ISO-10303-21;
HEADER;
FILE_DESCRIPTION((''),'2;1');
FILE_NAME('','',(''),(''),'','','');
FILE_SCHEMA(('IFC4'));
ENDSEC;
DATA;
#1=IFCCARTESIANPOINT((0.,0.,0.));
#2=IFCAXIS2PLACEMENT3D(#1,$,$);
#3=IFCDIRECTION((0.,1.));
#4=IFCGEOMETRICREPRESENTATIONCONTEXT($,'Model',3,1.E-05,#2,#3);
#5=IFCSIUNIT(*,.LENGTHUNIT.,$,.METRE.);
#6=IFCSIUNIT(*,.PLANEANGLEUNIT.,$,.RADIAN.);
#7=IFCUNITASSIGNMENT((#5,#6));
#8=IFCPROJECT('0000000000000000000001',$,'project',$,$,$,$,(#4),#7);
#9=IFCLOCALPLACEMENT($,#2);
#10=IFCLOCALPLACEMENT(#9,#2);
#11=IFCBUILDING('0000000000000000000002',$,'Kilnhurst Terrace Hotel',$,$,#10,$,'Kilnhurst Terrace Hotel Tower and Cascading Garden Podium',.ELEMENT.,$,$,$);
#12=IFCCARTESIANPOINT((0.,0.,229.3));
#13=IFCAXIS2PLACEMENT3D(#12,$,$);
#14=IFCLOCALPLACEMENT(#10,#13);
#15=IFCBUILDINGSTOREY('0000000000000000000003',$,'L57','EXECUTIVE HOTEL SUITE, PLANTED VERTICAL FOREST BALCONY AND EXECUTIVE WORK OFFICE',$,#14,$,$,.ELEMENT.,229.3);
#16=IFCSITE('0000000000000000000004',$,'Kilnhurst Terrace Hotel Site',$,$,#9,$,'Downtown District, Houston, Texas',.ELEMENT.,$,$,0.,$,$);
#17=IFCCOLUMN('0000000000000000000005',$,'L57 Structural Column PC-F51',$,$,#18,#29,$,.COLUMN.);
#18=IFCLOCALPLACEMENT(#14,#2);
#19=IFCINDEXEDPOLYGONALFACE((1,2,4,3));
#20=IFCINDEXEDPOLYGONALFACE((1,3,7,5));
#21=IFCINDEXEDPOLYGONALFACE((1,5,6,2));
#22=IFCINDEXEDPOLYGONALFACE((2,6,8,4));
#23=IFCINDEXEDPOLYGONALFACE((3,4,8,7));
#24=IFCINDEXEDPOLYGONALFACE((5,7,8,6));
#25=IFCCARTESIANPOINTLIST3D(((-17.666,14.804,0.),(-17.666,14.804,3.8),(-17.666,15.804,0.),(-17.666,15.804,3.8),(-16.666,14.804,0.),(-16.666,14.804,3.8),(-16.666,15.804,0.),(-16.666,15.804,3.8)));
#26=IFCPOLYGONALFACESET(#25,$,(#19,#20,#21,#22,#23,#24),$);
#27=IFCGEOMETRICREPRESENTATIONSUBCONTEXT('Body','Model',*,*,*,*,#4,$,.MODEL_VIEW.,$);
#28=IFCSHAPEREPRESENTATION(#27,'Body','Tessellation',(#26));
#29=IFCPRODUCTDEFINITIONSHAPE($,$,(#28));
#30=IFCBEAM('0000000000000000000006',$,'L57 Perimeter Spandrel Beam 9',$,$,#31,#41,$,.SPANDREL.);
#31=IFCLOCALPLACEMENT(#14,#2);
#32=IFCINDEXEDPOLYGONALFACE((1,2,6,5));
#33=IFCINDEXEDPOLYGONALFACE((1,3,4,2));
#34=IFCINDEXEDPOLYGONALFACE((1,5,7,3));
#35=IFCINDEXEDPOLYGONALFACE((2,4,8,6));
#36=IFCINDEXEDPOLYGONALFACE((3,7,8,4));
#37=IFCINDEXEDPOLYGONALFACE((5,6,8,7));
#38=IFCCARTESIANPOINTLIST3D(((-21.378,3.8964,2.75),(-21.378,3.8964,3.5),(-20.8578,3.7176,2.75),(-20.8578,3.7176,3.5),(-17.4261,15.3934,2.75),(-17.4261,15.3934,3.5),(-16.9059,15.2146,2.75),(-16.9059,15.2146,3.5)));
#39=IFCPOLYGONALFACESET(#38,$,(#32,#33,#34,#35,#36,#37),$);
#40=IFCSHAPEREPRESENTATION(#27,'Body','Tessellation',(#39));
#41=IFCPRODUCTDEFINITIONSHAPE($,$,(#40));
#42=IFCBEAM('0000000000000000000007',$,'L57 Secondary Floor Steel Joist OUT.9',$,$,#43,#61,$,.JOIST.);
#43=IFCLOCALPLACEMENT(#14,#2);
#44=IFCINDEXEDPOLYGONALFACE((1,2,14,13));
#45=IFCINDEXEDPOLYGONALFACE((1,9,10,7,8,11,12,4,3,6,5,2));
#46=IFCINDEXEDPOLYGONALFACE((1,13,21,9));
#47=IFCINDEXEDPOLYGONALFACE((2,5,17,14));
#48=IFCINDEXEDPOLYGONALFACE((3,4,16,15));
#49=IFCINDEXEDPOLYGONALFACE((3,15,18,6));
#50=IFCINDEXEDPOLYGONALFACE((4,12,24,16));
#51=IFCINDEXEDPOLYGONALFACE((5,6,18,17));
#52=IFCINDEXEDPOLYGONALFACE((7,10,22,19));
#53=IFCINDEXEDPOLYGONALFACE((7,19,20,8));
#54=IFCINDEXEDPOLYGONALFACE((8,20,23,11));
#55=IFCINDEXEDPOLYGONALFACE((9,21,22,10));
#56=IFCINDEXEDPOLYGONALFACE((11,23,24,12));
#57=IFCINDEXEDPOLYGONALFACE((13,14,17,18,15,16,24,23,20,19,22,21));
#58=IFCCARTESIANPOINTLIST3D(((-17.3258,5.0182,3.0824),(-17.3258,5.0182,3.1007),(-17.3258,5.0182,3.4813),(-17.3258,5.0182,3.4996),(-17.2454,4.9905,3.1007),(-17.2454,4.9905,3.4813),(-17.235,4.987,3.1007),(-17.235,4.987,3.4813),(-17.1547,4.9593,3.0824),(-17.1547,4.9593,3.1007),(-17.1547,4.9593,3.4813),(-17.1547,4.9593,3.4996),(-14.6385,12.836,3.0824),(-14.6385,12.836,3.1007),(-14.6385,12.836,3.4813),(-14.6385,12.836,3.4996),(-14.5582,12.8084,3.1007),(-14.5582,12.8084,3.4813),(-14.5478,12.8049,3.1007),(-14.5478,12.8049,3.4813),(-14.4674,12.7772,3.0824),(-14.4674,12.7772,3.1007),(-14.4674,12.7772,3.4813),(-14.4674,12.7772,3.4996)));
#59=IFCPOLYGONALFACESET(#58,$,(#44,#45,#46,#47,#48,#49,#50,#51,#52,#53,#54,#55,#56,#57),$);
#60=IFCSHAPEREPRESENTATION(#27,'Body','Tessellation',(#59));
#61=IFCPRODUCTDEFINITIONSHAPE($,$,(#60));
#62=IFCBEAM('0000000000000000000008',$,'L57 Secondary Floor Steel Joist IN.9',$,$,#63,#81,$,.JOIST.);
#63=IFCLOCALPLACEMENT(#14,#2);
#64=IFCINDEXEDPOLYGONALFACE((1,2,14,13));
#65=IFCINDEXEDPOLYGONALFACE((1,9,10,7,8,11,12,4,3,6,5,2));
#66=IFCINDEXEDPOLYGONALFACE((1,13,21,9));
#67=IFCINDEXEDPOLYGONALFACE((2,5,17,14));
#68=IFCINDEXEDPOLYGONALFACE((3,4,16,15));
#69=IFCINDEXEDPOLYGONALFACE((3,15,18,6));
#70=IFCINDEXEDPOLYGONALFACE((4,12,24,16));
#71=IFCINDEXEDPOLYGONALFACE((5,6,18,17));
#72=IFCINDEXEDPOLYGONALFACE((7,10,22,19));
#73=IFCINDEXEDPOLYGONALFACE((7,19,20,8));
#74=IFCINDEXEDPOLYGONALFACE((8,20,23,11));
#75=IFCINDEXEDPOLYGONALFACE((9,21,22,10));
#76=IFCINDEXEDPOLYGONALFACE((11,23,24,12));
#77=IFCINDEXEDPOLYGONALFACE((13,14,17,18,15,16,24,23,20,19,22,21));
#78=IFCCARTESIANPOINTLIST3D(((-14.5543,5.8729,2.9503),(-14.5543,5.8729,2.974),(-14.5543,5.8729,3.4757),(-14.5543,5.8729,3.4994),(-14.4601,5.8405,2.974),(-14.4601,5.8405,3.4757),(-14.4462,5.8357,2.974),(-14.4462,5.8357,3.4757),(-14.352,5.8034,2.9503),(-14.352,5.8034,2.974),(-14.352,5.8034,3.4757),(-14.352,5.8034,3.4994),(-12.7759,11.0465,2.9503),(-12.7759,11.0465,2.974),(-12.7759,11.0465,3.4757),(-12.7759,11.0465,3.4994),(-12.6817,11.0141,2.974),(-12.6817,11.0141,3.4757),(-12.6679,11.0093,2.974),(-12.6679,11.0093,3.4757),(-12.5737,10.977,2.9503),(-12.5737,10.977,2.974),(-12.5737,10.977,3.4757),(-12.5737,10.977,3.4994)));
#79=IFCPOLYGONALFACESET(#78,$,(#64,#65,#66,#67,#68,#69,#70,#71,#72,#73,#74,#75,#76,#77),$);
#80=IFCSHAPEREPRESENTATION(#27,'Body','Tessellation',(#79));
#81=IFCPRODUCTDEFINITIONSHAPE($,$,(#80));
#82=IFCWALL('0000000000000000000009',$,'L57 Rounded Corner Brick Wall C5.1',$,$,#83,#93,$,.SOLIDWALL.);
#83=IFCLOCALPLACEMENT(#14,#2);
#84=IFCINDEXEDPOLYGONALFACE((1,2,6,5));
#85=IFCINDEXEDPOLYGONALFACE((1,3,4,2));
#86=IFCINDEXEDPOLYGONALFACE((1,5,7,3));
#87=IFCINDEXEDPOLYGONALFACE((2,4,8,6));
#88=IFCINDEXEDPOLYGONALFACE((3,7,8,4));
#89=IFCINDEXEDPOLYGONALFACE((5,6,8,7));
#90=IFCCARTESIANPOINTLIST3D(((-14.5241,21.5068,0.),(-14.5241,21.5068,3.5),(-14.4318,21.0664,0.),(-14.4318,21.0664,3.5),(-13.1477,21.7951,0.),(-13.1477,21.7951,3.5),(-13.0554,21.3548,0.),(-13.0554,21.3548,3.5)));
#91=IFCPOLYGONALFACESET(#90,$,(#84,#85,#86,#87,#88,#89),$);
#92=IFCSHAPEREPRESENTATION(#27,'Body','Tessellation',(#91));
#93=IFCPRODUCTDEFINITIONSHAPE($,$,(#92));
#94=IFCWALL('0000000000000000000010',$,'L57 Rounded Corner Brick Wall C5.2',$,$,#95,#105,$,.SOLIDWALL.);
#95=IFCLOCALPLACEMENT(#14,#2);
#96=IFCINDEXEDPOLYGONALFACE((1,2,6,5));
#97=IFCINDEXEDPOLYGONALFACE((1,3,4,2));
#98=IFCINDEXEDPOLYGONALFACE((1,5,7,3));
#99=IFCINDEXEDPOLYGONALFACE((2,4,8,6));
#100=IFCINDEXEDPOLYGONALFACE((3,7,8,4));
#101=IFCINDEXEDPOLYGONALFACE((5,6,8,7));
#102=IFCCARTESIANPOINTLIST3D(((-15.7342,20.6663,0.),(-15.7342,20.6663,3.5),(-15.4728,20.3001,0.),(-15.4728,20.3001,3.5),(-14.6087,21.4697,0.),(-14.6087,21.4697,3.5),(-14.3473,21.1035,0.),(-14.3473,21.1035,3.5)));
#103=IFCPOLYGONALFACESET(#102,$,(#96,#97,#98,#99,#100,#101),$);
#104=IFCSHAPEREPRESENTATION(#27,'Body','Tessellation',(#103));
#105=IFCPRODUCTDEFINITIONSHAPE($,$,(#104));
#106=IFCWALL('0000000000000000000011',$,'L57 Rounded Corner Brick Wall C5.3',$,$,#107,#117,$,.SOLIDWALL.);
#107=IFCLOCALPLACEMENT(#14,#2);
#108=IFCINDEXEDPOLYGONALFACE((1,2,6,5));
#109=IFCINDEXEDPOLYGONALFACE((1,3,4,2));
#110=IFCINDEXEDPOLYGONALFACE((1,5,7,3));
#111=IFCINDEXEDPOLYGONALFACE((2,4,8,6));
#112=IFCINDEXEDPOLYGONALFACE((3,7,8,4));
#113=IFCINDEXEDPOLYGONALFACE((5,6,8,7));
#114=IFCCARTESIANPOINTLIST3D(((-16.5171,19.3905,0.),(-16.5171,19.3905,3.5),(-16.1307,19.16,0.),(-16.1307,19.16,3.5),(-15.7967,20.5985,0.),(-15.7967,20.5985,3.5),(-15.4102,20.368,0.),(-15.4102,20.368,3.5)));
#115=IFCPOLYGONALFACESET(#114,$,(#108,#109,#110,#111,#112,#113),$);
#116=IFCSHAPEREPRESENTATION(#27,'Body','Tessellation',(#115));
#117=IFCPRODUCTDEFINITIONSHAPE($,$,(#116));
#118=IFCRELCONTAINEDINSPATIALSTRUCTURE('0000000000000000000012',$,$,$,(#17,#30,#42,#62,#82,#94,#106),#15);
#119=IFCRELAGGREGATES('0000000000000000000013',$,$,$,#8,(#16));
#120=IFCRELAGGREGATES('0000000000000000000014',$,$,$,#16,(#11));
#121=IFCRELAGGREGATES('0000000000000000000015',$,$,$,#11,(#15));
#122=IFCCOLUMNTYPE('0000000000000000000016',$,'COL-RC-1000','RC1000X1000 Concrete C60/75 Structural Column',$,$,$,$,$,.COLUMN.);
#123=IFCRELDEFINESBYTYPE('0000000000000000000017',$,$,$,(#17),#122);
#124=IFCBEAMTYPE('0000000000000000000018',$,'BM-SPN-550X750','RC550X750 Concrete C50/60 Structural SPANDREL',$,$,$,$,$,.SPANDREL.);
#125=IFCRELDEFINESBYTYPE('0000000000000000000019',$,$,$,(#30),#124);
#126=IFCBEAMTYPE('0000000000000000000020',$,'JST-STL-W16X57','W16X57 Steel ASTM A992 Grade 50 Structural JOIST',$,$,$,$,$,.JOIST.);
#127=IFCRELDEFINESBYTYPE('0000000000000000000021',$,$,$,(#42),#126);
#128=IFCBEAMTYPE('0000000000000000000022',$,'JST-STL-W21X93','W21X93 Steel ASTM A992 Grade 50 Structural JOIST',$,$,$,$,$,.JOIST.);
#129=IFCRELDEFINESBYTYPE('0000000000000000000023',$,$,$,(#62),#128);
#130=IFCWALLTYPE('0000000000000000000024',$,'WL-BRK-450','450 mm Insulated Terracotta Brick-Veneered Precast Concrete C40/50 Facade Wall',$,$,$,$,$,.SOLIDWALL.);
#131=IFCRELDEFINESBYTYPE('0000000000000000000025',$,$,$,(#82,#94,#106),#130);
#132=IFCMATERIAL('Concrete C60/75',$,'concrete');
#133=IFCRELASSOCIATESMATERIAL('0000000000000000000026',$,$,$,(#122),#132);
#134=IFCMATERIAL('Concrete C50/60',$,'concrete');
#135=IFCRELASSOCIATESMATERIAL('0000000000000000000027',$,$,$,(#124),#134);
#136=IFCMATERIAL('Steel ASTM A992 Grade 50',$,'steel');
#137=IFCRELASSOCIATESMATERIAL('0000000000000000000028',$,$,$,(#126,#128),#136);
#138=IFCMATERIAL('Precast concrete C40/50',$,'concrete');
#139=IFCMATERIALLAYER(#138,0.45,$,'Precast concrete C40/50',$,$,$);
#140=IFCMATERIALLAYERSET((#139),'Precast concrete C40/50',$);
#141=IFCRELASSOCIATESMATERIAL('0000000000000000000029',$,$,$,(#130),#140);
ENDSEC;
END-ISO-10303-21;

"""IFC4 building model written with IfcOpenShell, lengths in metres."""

from ifc_helpers import new_model, si_unit, direction, frame, frame_2d, origin, origin_2d, place, context, subcontext, project, spatial, rectangle, i_section, extrude, material, layer, layer_set, material_profile, profile_set, type_object, element, save


model = new_model("IFC4")

# Units and contexts
model_context = context("Model", 3, precision=1e-05, world=origin(), true_north=direction((0.0, 1.0)))
body_context = subcontext(model_context, "Body", "Model", "MODEL_VIEW")
ifc_project = project(units=[si_unit("LENGTHUNIT", "METRE"), si_unit("PLANEANGLEUNIT", "RADIAN")], contexts=[model_context])

# Site, building, storey
site_placement = place(None, origin())
site = spatial("IfcSite", under=ifc_project, at=site_placement, Name="Kilnhurst Terrace Hotel Site", LongName="Downtown District, Houston, Texas", CompositionType="ELEMENT", RefElevation=0.0)
building_placement = place(site_placement, origin())
building = spatial("IfcBuilding", under=site, at=building_placement, Name="Kilnhurst Terrace Hotel", LongName="Kilnhurst Terrace Hotel Tower and Cascading Garden Podium", CompositionType="ELEMENT")
storey_placement = place(building_placement, frame((0.0, 0.0, 229.3)))
storey = spatial("IfcBuildingStorey", under=building, at=storey_placement, Name="L57", Description="EXECUTIVE HOTEL SUITE, PLANTED VERTICAL FOREST BALCONY AND EXECUTIVE WORK OFFICE", CompositionType="ELEMENT", Elevation=229.3)

# Column
ifc_material_1 = material(Name="Concrete C60/75", Category="concrete")
ifc_material_profile_1 = material_profile(ifc_material_1, rectangle(XDim=1.0, YDim=1.0, at=origin_2d()), Name="RC1000X1000")
ifc_profile_set_1 = profile_set([ifc_material_profile_1], Name="Concrete C60/75")
column_type = type_object("IfcColumnType", Name="COL-RC-1000", Description="RC1000X1000 Concrete C60/75 Structural Column", PredefinedType="COLUMN", material=ifc_profile_set_1)
column_placement = place(storey_placement, frame((-17.166, 15.304, 0.0), z_axis=(0.0, 0.0, 1.0), x_axis=(1.0, 0.0, 0.0)))
element("IfcColumn", 1, at=column_placement, inside=storey, type_object=column_type, Name="L57 Structural Column PC-F51", PredefinedType="COLUMN", context=body_context, shape_type="SweptSolid", body=[
    extrude(rectangle(XDim=1.0, YDim=1.0, at=origin_2d()), origin(), (0.0, 0.0, 1.0), 3.8),
])

# Beams
ifc_material_2 = material(Name="Concrete C50/60", Category="concrete")
ifc_material_profile_2 = material_profile(ifc_material_2, rectangle(XDim=0.55, YDim=0.75, at=origin_2d()), Name="RC550X750")
ifc_profile_set_2 = profile_set([ifc_material_profile_2], Name="Concrete C50/60")
beam_type_1 = type_object("IfcBeamType", Name="BM-SPN-550X750", Description="RC550X750 Concrete C50/60 Structural SPANDREL", PredefinedType="SPANDREL", material=ifc_profile_set_2)
beam_1_placement = place(storey_placement, frame((-17.166, 15.304, 3.125), z_axis=(-0.325064, -0.945692, 0.0), x_axis=(0.945692, -0.325064, 0.0)))
element("IfcBeam", 2, at=beam_1_placement, inside=storey, type_object=beam_type_1, Name="L57 Perimeter Spandrel Beam 9", PredefinedType="SPANDREL", context=body_context, shape_type="SweptSolid", body=[
    extrude(rectangle(XDim=0.55, YDim=0.75, at=origin_2d()), origin(), (0.0, 0.0, 1.0), 12.1572),
])
ifc_material_3 = material(Name="Steel ASTM A992 Grade 50", Category="steel")
ifc_material_profile_3 = material_profile(ifc_material_3, i_section(OverallWidth=0.1809, OverallDepth=0.4172, WebThickness=0.011, FlangeThickness=0.0183, at=origin_2d()), Name="W16X57")
ifc_profile_set_3 = profile_set([ifc_material_profile_3], Name="Steel ASTM A992 Grade 50")
beam_type_2 = type_object("IfcBeamType", Name="JST-STL-W16X57", Description="W16X57 Steel ASTM A992 Grade 50 Structural JOIST", PredefinedType="JOIST", material=ifc_profile_set_3)
beam_2_placement = place(storey_placement, frame((-14.553, 12.8066, 3.291), z_axis=(-0.325065, -0.945692, 0.0), x_axis=(0.945692, -0.325065, 0.0)))
element("IfcBeam", 3, at=beam_2_placement, inside=storey, type_object=beam_type_2, Name="L57 Secondary Floor Steel Joist OUT.9", PredefinedType="JOIST", context=body_context, shape_type="SweptSolid", body=[
    extrude(i_section(OverallWidth=0.1809, OverallDepth=0.4172, WebThickness=0.011, FlangeThickness=0.0183, at=origin_2d()), origin(), (0.0, 0.0, 1.0), 8.2668),
])
ifc_material_profile_4 = material_profile(ifc_material_3, i_section(OverallWidth=0.2139, OverallDepth=0.5491, WebThickness=0.0146, FlangeThickness=0.0237, at=origin_2d()), Name="W21X93")
ifc_profile_set_4 = profile_set([ifc_material_profile_4], Name="Steel ASTM A992 Grade 50")
beam_type_3 = type_object("IfcBeamType", Name="JST-STL-W21X93", Description="W21X93 Steel ASTM A992 Grade 50 Structural JOIST", PredefinedType="JOIST", material=ifc_profile_set_4)
beam_3_placement = place(storey_placement, frame((-12.6748, 11.0117, 3.2249), z_axis=(-0.325064, -0.945692, 0.0), x_axis=(0.945692, -0.325064, 0.0)))
element("IfcBeam", 4, at=beam_3_placement, inside=storey, type_object=beam_type_3, Name="L57 Secondary Floor Steel Joist IN.9", PredefinedType="JOIST", context=body_context, shape_type="SweptSolid", body=[
    extrude(i_section(OverallWidth=0.2139, OverallDepth=0.5491, WebThickness=0.0146, FlangeThickness=0.0237, at=origin_2d()), origin(), (0.0, 0.0, 1.0), 5.4707),
])

# Walls
ifc_material_4 = material(Name="Precast concrete C40/50", Category="concrete")
ifc_layer_1 = layer(ifc_material_4, 0.45, Name="Precast concrete C40/50")
ifc_layer_set_1 = layer_set([ifc_layer_1], Name="Precast concrete C40/50")
wall_type_1 = type_object("IfcWallType", Name="WL-BRK-450", Description="450 mm Insulated Terracotta Brick-Veneered Precast Concrete C40/50 Facade Wall", PredefinedType="SOLIDWALL", material=ifc_layer_set_1)
wall_1_placement = place(storey_placement, frame((-13.1016, 21.575, 0.0), z_axis=(0.0, 0.0, 1.0), x_axis=(-0.978757, -0.205022, 0.0)))
element("IfcWall", 5, at=wall_1_placement, inside=storey, type_object=wall_type_1, Name="L57 Rounded Corner Brick Wall C5.1", PredefinedType="SOLIDWALL", context=body_context, shape_type="SweptSolid", body=[
    extrude(rectangle(XDim=1.4062, YDim=0.45, at=frame_2d((0.7031, 0.0))), origin(), (0.0, 0.0, 1.0), 3.5),
])
wall_2_placement = place(storey_placement, frame((-14.478, 21.2866, 0.0), z_axis=(0.0, 0.0, 1.0), x_axis=(-0.813889, -0.581021, 0.0)))
element("IfcWall", 6, at=wall_2_placement, inside=storey, type_object=wall_type_1, Name="L57 Rounded Corner Brick Wall C5.2", PredefinedType="SOLIDWALL", context=body_context, shape_type="SweptSolid", body=[
    extrude(rectangle(XDim=1.3828, YDim=0.45, at=frame_2d((0.6914, 0.0))), origin(), (0.0, 0.0, 1.0), 3.5),
])
wall_3_placement = place(storey_placement, frame((-15.6035, 20.4832, 0.0), z_axis=(0.0, 0.0, 1.0), x_axis=(-0.512222, -0.858853, 0.0)))
element("IfcWall", 7, at=wall_3_placement, inside=storey, type_object=wall_type_1, Name="L57 Rounded Corner Brick Wall C5.3", PredefinedType="SOLIDWALL", context=body_context, shape_type="SweptSolid", body=[
    extrude(rectangle(XDim=1.4065, YDim=0.45, at=frame_2d((0.7031, 0.0))), origin(), (0.0, 0.0, 1.0), 3.5),
])

save(model, "model.ifc")
